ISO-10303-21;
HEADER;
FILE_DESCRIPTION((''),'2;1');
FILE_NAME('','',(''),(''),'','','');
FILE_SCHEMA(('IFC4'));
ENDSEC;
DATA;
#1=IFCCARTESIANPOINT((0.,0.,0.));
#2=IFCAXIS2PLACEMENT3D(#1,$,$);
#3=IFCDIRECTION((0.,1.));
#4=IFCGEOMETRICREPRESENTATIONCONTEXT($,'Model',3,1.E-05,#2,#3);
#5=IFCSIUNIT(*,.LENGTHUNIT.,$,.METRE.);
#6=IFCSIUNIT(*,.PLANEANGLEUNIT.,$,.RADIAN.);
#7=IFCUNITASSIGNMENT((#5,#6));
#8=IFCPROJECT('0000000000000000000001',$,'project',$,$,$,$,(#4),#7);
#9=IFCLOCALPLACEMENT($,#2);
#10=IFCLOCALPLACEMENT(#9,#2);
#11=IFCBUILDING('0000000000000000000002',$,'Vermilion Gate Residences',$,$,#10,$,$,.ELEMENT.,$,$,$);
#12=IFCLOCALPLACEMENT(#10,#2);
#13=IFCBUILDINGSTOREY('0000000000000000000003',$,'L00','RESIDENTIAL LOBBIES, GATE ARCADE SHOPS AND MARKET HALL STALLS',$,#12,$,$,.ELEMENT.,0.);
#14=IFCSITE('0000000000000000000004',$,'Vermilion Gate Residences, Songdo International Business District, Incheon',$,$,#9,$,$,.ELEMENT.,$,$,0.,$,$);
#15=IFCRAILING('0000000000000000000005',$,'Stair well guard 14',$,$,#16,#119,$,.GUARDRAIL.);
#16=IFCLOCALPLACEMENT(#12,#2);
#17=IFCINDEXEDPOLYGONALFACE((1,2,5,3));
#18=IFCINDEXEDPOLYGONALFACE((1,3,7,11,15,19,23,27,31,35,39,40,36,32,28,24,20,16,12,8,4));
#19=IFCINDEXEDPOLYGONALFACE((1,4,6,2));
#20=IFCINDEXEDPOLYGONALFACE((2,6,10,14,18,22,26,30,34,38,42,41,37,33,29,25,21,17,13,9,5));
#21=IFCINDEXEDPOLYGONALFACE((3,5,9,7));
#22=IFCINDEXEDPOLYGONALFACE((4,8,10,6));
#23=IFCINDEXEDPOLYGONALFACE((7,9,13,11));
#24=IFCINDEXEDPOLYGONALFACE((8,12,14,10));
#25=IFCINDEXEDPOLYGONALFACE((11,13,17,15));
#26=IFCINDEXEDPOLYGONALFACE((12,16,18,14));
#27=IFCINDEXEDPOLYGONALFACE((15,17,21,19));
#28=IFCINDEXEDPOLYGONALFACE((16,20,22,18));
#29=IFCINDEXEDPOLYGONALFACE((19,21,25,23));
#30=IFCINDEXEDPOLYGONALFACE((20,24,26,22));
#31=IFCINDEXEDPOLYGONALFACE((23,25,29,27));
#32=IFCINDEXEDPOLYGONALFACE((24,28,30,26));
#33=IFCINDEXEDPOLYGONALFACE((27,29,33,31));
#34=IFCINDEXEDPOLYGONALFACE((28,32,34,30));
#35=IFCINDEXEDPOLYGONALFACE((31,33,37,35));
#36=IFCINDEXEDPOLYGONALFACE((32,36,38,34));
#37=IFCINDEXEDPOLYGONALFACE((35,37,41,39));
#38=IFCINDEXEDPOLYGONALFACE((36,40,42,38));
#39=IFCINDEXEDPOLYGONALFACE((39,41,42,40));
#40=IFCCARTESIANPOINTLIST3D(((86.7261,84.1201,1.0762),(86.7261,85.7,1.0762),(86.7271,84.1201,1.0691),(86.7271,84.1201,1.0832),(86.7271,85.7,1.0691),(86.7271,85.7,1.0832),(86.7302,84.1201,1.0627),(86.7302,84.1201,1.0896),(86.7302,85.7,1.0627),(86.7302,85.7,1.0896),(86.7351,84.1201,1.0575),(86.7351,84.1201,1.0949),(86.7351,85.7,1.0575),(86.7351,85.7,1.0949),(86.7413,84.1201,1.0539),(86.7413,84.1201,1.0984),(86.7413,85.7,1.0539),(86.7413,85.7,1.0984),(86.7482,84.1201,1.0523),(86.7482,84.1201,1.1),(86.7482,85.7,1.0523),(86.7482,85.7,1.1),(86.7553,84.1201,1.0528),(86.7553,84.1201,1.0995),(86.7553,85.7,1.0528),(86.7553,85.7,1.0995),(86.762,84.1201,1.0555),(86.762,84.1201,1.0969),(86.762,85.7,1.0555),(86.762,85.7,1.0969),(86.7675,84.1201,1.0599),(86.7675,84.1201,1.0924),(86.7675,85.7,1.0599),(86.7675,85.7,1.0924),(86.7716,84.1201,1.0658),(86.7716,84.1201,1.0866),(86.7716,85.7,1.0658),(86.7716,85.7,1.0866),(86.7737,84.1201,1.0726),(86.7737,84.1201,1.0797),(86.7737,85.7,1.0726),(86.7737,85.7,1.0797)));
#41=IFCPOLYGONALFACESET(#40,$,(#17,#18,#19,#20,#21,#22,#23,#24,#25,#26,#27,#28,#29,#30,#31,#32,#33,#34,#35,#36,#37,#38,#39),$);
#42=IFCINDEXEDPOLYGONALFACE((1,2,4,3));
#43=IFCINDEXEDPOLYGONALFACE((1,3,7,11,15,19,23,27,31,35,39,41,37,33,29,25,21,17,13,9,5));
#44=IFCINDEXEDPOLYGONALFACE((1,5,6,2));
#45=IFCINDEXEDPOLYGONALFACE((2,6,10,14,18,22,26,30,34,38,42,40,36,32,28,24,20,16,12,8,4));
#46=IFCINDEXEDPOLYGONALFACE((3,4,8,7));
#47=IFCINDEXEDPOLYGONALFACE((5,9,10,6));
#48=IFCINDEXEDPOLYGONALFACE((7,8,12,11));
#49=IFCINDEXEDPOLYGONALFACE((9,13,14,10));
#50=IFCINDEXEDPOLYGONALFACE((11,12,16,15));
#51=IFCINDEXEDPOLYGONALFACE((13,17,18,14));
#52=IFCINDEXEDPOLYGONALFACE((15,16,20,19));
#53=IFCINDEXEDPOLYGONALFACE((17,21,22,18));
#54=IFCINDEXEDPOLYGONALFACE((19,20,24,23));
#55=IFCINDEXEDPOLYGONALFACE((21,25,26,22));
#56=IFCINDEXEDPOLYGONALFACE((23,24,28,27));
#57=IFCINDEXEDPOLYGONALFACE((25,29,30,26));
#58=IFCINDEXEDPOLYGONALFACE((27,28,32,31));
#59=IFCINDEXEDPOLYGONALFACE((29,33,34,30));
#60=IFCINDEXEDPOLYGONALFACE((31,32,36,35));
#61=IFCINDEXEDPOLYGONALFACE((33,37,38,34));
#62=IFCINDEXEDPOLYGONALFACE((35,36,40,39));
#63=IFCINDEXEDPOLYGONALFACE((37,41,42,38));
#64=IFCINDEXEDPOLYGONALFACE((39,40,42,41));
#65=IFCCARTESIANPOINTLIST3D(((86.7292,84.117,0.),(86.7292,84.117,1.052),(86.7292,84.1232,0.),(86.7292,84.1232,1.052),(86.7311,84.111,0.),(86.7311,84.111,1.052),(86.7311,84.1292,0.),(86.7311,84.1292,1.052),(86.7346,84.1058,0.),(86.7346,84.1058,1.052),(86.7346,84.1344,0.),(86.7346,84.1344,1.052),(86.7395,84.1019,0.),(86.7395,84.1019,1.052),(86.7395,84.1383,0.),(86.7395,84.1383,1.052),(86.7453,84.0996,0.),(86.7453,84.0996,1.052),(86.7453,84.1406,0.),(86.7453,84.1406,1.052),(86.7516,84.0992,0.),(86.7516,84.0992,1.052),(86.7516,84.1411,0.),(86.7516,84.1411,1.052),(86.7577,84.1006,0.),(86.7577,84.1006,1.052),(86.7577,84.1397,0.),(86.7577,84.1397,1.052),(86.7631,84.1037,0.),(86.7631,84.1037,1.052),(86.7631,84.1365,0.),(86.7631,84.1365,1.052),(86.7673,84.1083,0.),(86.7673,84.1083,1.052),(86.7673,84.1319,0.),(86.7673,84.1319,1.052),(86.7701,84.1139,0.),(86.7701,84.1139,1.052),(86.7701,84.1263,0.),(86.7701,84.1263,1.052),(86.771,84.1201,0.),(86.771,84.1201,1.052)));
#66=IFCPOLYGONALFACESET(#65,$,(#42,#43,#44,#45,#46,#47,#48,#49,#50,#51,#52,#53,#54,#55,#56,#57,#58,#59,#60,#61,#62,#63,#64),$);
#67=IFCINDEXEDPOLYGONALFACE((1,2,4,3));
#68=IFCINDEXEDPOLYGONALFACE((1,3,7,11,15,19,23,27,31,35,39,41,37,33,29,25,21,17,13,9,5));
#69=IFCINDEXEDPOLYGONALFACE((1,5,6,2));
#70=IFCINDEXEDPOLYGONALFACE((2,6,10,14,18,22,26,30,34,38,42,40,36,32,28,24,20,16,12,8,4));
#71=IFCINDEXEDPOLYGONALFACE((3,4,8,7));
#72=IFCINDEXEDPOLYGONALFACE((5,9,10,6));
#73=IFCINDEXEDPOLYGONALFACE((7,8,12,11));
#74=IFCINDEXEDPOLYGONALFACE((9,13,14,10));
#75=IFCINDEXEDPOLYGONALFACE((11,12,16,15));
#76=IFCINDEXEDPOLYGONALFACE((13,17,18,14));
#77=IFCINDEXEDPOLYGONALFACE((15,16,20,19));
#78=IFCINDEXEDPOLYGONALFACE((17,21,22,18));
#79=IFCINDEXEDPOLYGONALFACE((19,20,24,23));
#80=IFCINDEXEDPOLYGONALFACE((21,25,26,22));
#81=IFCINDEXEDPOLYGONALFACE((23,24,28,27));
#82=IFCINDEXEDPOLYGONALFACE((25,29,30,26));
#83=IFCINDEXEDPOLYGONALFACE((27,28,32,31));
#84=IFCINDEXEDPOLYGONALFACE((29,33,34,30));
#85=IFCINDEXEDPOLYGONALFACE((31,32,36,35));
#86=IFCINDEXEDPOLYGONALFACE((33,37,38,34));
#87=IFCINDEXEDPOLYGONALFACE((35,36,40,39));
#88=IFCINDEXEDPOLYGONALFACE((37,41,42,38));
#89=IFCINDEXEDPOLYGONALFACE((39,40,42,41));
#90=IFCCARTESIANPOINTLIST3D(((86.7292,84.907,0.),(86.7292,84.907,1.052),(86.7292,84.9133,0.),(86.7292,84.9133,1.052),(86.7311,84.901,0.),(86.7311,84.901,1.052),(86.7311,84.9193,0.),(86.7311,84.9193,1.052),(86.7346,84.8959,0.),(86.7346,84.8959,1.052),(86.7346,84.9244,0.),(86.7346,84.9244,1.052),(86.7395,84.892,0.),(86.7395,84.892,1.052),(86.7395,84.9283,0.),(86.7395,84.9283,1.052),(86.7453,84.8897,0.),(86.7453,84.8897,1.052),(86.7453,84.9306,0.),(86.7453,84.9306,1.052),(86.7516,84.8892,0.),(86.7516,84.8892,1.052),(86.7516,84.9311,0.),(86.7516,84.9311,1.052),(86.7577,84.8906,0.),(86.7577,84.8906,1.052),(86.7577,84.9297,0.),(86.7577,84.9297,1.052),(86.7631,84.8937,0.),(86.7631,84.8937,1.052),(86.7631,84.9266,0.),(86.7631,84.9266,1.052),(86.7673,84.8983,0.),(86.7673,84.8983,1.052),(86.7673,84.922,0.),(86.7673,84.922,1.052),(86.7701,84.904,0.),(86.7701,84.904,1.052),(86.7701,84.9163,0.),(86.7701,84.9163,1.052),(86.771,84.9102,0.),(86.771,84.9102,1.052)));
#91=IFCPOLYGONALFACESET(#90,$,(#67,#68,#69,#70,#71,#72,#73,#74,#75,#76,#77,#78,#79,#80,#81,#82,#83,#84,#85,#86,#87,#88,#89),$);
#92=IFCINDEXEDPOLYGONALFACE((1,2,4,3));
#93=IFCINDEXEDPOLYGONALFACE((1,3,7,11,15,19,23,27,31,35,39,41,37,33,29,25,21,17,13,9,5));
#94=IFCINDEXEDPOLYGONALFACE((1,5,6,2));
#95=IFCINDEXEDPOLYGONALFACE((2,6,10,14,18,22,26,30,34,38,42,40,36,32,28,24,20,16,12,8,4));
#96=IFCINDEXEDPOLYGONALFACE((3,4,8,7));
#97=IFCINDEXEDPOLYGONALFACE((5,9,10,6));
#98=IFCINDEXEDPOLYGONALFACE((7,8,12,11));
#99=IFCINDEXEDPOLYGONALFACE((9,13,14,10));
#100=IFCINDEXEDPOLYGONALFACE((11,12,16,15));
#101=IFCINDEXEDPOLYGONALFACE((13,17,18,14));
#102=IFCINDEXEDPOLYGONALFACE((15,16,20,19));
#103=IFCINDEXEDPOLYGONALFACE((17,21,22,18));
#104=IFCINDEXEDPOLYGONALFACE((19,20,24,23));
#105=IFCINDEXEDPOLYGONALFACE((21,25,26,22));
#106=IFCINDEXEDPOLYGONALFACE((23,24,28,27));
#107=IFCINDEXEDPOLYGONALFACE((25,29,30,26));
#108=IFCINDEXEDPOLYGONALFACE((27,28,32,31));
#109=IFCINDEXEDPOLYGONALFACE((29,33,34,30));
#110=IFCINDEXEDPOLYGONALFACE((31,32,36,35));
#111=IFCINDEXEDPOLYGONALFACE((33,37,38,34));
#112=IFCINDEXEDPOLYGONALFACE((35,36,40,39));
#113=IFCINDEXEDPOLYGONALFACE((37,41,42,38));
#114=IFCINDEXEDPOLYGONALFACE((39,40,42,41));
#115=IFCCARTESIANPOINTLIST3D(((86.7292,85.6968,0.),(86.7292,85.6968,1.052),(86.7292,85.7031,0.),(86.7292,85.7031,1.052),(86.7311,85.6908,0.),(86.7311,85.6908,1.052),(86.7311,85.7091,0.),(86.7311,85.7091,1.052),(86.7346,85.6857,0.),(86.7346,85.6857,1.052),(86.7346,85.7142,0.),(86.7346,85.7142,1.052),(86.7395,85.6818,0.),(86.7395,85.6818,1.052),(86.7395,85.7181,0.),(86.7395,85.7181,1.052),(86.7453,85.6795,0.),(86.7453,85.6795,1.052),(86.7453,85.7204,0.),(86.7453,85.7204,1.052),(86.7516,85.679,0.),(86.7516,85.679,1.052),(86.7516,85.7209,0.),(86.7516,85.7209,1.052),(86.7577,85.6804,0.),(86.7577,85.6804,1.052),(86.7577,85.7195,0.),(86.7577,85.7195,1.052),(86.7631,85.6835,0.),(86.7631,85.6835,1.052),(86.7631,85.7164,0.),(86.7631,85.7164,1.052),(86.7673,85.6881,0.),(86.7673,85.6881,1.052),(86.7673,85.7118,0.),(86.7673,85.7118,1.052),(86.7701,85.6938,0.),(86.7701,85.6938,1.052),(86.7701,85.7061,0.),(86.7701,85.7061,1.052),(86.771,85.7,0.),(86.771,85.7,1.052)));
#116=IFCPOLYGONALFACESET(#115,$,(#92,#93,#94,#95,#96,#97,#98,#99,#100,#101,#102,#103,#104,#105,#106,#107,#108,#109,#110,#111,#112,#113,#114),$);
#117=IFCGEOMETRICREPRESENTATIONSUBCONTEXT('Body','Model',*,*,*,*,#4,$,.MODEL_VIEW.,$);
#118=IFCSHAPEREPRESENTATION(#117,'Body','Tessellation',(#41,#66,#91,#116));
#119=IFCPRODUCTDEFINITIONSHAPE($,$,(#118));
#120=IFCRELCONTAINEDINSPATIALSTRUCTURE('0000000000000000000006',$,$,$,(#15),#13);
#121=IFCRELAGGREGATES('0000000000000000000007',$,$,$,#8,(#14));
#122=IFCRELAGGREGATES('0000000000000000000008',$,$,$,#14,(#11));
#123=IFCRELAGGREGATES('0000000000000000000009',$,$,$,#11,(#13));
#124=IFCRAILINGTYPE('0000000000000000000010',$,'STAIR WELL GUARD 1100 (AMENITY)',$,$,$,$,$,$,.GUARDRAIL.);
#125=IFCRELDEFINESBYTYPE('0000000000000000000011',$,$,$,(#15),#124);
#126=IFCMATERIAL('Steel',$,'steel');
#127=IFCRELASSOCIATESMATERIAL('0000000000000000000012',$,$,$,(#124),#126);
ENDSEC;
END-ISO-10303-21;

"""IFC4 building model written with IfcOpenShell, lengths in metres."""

from ifc_helpers import new_model, si_unit, direction, frame, origin, origin_2d, place, context, subcontext, project, spatial, circle, extrude, material, type_object, element, save


model = new_model("IFC4")

# Units and contexts
model_context = context("Model", 3, precision=1e-05, world=origin(), true_north=direction((0.0, 1.0)))
body_context = subcontext(model_context, "Body", "Model", "MODEL_VIEW")
ifc_project = project(units=[si_unit("LENGTHUNIT", "METRE"), si_unit("PLANEANGLEUNIT", "RADIAN")], contexts=[model_context])

# Site, building, storey
site_placement = place(None, origin())
site = spatial("IfcSite", under=ifc_project, at=site_placement, Name="Vermilion Gate Residences, Songdo International Business District, Incheon", CompositionType="ELEMENT", RefElevation=0.0)
building_placement = place(site_placement, origin())
building = spatial("IfcBuilding", under=site, at=building_placement, Name="Vermilion Gate Residences", CompositionType="ELEMENT")
storey_placement = place(building_placement, origin())
storey = spatial("IfcBuildingStorey", under=building, at=storey_placement, Name="L00", Description="RESIDENTIAL LOBBIES, GATE ARCADE SHOPS AND MARKET HALL STALLS", CompositionType="ELEMENT", Elevation=0.0)

# Railing
ifc_material_1 = material(Name="Steel", Category="steel")
railing_type = type_object("IfcRailingType", Name="STAIR WELL GUARD 1100 (AMENITY)", PredefinedType="GUARDRAIL", material=ifc_material_1)
railing_1_placement = place(storey_placement, frame((86.75, 84.1201, 0.0)))
element("IfcRailing", 1, at=railing_1_placement, inside=storey, type_object=railing_type, Name="Stair well guard 14", PredefinedType="GUARDRAIL", context=body_context, shape_type="SweptSolid", body=[
    extrude(circle(Radius=0.0239, at=origin_2d()), frame((0.0, 0.0, 1.0762), z_axis=(0.0, 1.0, 0.0), x_axis=(-1.0, 0.0, 0.0)), (0.0, 0.0, 1.0), 1.5798),
    extrude(circle(Radius=0.021, at=origin_2d()), origin(), (0.0, 0.0, 1.0), 1.052),
    extrude(circle(Radius=0.021, at=origin_2d()), frame((0.0, 0.79, 0.0)), (0.0, 0.0, 1.0), 1.052),
    extrude(circle(Radius=0.021, at=origin_2d()), frame((0.0, 1.5798, 0.0)), (0.0, 0.0, 1.0), 1.052),
])

save(model, "model.ifc")
